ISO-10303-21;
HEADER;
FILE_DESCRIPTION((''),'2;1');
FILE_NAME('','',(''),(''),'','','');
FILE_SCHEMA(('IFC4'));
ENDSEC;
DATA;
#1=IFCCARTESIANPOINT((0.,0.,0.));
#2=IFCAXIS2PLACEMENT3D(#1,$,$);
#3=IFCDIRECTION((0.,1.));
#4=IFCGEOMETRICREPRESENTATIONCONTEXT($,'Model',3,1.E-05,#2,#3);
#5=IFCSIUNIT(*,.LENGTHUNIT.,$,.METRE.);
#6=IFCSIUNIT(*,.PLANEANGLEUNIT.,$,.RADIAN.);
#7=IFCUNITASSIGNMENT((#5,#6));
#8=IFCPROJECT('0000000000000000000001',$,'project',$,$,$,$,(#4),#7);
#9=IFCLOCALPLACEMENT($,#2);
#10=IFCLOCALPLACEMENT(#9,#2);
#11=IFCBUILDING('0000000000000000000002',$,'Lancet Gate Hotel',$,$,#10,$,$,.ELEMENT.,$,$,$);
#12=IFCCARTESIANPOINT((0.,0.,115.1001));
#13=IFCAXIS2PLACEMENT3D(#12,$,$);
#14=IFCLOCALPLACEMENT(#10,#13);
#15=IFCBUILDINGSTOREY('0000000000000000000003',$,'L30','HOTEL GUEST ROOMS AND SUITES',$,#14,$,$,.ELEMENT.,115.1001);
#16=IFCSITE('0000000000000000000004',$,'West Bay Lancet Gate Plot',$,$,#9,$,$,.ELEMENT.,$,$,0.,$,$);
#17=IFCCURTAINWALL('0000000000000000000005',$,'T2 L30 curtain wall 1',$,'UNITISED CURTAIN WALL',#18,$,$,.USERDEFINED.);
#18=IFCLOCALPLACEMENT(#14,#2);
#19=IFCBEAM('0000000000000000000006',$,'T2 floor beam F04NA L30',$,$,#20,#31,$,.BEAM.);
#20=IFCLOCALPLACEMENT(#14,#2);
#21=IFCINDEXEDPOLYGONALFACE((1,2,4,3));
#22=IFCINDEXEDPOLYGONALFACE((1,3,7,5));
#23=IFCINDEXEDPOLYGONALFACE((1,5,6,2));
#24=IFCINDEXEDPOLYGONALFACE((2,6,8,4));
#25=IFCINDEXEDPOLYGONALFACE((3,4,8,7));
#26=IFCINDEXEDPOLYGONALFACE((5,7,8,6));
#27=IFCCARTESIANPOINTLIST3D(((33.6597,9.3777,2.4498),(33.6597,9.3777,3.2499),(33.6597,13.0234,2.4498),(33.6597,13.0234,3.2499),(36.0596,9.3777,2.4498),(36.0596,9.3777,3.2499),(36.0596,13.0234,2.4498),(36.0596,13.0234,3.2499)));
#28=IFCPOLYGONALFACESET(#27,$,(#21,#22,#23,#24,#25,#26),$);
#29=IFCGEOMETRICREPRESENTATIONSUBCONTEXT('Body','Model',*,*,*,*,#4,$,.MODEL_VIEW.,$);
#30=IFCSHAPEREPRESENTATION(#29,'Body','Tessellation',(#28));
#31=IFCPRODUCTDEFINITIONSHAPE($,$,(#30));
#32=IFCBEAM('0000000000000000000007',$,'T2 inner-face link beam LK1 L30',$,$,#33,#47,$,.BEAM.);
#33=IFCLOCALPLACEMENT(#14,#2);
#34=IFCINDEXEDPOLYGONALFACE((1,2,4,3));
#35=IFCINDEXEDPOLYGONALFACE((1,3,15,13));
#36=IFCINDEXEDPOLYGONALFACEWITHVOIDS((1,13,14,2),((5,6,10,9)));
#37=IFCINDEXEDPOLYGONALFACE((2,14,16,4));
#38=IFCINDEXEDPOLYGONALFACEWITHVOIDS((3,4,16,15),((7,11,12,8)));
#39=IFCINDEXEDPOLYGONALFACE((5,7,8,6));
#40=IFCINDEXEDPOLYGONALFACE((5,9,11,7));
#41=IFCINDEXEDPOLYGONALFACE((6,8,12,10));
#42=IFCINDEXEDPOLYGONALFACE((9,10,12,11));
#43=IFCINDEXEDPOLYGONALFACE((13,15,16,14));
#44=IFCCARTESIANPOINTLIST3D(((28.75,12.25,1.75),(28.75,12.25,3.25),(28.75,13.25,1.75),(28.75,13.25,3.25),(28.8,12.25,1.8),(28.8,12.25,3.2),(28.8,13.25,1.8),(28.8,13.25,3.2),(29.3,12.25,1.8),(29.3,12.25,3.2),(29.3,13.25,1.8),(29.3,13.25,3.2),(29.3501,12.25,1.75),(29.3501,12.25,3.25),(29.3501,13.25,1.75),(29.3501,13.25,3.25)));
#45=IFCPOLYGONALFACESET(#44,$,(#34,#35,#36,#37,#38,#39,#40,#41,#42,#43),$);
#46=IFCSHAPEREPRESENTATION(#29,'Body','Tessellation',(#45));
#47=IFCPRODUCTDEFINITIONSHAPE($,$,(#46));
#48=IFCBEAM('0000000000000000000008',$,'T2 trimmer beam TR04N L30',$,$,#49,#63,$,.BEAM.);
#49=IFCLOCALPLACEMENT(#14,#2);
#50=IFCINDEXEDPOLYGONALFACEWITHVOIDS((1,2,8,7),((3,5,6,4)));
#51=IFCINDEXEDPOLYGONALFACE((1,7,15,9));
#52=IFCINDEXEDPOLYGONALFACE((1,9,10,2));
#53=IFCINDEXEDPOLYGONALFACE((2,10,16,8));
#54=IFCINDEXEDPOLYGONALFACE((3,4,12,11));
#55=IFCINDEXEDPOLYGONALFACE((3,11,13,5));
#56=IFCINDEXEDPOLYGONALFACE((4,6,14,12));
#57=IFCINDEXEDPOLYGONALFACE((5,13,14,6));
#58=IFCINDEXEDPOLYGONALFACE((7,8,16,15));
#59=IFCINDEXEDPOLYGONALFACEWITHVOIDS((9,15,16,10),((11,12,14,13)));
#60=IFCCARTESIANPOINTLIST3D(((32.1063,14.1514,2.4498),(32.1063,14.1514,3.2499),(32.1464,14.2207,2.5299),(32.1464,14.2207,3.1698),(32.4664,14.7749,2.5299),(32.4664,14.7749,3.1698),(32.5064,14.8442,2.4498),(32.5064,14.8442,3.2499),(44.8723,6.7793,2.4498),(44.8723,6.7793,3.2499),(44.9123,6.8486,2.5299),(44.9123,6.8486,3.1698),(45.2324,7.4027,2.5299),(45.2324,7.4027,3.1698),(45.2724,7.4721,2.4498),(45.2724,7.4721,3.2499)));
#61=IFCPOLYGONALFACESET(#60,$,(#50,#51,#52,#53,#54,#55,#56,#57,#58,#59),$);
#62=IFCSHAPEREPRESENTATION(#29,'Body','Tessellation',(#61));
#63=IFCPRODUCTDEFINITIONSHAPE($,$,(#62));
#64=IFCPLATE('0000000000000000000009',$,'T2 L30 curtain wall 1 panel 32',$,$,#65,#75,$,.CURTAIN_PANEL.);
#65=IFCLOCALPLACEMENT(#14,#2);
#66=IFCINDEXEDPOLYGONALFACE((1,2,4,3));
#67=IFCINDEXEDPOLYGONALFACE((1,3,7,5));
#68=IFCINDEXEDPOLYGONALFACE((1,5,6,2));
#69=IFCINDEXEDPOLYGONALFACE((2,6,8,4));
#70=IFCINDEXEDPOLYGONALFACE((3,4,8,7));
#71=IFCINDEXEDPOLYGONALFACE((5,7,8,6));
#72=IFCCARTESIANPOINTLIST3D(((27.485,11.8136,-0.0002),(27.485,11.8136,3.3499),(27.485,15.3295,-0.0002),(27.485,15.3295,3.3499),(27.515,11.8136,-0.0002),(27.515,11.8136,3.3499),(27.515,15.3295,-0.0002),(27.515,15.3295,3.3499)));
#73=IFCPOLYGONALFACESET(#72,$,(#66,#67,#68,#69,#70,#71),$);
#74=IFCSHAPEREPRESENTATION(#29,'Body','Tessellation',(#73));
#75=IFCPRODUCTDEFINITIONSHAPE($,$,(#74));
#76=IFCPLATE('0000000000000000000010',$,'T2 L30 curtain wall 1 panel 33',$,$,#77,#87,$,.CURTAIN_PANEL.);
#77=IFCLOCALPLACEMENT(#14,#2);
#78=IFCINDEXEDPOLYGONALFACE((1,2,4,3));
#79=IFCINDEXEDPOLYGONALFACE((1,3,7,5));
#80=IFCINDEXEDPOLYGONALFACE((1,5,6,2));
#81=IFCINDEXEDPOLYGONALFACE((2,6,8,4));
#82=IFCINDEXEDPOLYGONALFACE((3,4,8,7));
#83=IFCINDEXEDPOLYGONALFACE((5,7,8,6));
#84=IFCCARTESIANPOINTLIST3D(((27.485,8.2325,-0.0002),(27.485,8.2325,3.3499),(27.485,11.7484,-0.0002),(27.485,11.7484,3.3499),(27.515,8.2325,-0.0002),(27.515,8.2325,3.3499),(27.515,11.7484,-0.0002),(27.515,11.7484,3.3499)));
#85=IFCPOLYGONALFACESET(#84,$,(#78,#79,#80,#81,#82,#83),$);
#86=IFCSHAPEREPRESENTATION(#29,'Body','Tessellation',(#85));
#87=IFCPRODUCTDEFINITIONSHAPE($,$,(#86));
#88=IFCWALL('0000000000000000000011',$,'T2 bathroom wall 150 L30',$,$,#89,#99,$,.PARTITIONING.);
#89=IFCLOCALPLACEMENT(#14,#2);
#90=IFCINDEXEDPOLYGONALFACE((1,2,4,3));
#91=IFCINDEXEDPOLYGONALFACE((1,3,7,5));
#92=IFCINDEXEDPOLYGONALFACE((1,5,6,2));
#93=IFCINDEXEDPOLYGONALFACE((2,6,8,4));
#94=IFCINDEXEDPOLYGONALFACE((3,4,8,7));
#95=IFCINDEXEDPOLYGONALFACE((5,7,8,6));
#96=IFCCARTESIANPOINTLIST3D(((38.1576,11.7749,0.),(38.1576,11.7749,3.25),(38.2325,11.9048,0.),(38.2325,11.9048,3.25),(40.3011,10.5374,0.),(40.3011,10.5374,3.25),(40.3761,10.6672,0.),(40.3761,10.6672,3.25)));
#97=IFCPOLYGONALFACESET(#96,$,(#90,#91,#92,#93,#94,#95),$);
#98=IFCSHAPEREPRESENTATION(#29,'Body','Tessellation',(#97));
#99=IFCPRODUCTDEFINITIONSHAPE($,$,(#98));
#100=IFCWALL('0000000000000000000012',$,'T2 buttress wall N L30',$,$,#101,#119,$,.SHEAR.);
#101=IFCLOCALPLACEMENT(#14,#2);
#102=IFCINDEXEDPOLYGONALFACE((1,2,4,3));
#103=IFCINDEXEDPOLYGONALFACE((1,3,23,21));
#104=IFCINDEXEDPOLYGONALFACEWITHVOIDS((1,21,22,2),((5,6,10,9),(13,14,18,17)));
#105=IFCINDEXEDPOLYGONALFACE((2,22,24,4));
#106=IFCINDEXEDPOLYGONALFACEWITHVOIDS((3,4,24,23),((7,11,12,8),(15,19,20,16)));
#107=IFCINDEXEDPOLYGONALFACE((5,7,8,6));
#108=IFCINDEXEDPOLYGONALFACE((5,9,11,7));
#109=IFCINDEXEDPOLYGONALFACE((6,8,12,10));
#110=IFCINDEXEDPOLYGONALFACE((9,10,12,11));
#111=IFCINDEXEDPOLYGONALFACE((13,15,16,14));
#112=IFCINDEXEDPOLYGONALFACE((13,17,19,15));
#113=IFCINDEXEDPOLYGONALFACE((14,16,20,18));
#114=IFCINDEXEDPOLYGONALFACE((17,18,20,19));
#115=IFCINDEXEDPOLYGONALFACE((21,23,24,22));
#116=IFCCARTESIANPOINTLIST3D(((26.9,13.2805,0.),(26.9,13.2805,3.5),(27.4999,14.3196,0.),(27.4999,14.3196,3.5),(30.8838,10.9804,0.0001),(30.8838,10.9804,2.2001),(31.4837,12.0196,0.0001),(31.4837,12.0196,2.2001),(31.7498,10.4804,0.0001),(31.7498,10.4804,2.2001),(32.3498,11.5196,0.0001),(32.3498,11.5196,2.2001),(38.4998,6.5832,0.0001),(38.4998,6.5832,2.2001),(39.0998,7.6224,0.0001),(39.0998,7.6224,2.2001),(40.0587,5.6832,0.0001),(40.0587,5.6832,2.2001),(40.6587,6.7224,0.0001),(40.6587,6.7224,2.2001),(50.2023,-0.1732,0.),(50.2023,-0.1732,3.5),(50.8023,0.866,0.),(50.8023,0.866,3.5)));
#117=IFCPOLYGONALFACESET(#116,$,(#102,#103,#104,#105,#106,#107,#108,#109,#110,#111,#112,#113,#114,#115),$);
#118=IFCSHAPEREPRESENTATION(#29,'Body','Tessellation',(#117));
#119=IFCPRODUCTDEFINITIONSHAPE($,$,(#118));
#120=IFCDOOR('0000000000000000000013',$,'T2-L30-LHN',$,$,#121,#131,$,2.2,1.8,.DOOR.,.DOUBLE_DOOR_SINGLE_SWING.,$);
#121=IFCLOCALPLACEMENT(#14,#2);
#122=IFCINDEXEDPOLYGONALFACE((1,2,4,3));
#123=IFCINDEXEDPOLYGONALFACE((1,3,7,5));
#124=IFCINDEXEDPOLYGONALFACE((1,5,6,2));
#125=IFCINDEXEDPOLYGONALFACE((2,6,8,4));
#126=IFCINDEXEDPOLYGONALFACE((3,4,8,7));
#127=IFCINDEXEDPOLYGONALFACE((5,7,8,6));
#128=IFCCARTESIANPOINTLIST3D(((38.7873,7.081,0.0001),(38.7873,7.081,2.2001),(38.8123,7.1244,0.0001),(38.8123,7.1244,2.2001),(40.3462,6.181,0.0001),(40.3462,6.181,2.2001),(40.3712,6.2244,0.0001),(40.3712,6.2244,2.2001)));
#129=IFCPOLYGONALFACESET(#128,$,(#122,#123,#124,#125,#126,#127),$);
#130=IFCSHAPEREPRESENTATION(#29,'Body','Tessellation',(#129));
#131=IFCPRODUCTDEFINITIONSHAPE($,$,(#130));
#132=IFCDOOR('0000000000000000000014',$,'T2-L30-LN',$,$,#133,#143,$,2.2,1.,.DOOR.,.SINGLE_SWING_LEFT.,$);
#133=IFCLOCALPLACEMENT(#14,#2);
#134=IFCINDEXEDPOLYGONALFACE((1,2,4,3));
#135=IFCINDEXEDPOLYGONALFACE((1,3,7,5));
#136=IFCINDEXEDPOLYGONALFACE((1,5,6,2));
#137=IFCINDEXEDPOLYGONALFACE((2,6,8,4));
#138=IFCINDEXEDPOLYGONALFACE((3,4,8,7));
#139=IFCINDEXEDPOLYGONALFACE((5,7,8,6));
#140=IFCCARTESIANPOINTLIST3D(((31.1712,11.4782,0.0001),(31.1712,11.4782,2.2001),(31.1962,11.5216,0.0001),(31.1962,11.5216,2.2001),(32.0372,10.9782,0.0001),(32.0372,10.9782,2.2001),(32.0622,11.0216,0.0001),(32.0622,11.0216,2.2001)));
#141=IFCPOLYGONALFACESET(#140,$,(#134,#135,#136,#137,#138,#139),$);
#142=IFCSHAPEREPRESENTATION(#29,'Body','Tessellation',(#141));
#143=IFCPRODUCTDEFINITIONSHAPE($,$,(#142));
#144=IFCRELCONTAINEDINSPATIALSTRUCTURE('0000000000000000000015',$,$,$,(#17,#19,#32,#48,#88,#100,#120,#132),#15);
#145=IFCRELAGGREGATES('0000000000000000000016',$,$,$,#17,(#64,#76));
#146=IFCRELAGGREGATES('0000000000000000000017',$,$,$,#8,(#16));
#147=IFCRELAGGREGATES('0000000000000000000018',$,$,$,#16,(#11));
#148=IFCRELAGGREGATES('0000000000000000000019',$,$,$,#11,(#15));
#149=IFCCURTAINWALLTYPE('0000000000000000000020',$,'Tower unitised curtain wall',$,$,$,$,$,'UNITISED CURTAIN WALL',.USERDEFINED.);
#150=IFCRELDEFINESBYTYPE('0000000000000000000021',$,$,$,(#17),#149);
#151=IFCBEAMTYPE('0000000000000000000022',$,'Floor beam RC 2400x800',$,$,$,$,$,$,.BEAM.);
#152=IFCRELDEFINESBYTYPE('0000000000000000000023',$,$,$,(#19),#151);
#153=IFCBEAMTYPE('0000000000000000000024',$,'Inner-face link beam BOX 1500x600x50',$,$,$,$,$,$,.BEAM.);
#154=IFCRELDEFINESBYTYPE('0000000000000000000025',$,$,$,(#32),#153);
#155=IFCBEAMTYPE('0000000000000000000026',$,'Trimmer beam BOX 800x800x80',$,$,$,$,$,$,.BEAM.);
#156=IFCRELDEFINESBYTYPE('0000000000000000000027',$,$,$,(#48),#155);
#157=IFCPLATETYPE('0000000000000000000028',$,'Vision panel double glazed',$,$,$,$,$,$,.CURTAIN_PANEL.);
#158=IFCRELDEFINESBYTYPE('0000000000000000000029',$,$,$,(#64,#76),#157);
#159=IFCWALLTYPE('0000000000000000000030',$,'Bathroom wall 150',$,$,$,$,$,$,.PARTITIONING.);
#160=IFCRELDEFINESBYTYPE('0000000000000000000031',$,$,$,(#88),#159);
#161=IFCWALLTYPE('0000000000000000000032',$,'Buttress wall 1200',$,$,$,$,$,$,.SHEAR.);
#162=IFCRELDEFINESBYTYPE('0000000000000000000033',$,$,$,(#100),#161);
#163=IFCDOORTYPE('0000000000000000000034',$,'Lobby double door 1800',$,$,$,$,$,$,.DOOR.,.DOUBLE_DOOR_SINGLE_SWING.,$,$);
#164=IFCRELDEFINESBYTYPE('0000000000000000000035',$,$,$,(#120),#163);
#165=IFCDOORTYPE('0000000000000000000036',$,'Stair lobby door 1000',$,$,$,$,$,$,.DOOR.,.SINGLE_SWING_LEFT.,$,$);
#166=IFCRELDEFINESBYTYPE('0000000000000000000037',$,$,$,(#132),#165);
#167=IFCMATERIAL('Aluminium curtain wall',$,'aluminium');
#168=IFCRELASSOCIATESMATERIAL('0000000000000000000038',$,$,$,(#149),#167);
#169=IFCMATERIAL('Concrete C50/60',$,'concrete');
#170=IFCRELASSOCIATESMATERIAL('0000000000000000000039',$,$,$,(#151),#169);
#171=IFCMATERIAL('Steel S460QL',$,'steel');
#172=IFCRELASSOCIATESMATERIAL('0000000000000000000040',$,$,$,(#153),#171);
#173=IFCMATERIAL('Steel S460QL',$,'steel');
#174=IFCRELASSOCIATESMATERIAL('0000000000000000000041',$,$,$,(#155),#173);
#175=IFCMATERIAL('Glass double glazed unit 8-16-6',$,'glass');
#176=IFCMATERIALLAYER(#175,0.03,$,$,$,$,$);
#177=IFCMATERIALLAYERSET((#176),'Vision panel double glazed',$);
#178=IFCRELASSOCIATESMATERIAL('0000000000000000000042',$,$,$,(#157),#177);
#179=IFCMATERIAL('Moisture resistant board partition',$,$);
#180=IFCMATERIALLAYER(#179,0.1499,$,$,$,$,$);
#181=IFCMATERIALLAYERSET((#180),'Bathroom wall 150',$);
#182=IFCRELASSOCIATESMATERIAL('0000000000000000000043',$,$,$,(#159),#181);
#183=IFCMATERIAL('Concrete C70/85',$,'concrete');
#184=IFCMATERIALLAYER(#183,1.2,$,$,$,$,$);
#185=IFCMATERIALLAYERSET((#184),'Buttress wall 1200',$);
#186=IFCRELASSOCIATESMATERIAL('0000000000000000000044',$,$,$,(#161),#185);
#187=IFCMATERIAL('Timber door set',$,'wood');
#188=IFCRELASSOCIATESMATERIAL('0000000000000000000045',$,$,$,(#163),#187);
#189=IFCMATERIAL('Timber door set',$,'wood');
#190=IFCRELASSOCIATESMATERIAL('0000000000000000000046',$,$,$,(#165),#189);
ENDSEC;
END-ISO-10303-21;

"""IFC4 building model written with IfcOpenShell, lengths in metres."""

from ifc_helpers import new_model, si_unit, direction, frame, frame_2d, origin, origin_2d, place, context, subcontext, project, spatial, rectangle, hollow_rectangle, extrude, material, layer, layer_set, material_profile, profile_set, type_object, element, fill, aggregate, save


model = new_model("IFC4")

# Units and contexts
model_context = context("Model", 3, precision=1e-05, world=origin(), true_north=direction((0.0, 1.0)))
body_context = subcontext(model_context, "Body", "Model", "MODEL_VIEW")
ifc_project = project(units=[si_unit("LENGTHUNIT", "METRE"), si_unit("PLANEANGLEUNIT", "RADIAN")], contexts=[model_context])

# Site, building, storey
site_placement = place(None, origin())
site = spatial("IfcSite", under=ifc_project, at=site_placement, Name="West Bay Lancet Gate Plot", CompositionType="ELEMENT", RefElevation=0.0)
building_placement = place(site_placement, origin())
building = spatial("IfcBuilding", under=site, at=building_placement, Name="Lancet Gate Hotel", CompositionType="ELEMENT")
storey_placement = place(building_placement, frame((0.0, 0.0, 115.1001)))
storey = spatial("IfcBuildingStorey", under=building, at=storey_placement, Name="L30", Description="HOTEL GUEST ROOMS AND SUITES", CompositionType="ELEMENT", Elevation=115.1001)

# Curtain wall
ifc_material_1 = material(Name="Aluminium curtain wall", Category="aluminium")
curtain_wall_type = type_object("IfcCurtainWallType", Name="Tower unitised curtain wall", ElementType="UNITISED CURTAIN WALL", PredefinedType="USERDEFINED", material=ifc_material_1)
curtain_wall_placement = place(storey_placement, origin())
curtain_wall = element("IfcCurtainWall", 1, at=curtain_wall_placement, inside=storey, type_object=curtain_wall_type, Name="T2 L30 curtain wall 1", ObjectType="UNITISED CURTAIN WALL", PredefinedType="USERDEFINED")

# Beams
ifc_material_2 = material(Name="Concrete C50/60", Category="concrete")
ifc_material_profile_1 = material_profile(ifc_material_2, rectangle(XDim=2.3999, YDim=0.8, at=origin_2d()), Name="RC 2400x800")
ifc_profile_set_1 = profile_set([ifc_material_profile_1], Name="Concrete C50/60")
beam_type_1 = type_object("IfcBeamType", Name="Floor beam RC 2400x800", PredefinedType="BEAM", material=ifc_profile_set_1)
beam_1_placement = place(storey_placement, frame((34.8596, 9.3777, 2.8499), z_axis=(0.0, 1.0, 0.0), x_axis=(-1.0, 0.0, 0.0)))
element("IfcBeam", 2, at=beam_1_placement, inside=storey, type_object=beam_type_1, Name="T2 floor beam F04NA L30", PredefinedType="BEAM", context=body_context, shape_type="SweptSolid", body=[
    extrude(rectangle(XDim=2.3999, YDim=0.8, at=origin_2d()), origin(), (0.0, 0.0, 1.0), 3.6458),
])
ifc_material_3 = material(Name="Steel S460QL", Category="steel")
ifc_material_profile_2 = material_profile(ifc_material_3, hollow_rectangle(XDim=0.6001, YDim=1.5, WallThickness=0.05, at=origin_2d()), Name="BOX 1500x600x50")
ifc_profile_set_2 = profile_set([ifc_material_profile_2], Name="Steel S460QL")
beam_type_2 = type_object("IfcBeamType", Name="Inner-face link beam BOX 1500x600x50", PredefinedType="BEAM", material=ifc_profile_set_2)
beam_2_placement = place(storey_placement, frame((29.05, 12.25, 2.5), z_axis=(0.0, 1.0, 0.0), x_axis=(-1.0, 0.0, 0.0)))
element("IfcBeam", 3, at=beam_2_placement, inside=storey, type_object=beam_type_2, Name="T2 inner-face link beam LK1 L30", PredefinedType="BEAM", context=body_context, shape_type="SweptSolid", body=[
    extrude(hollow_rectangle(XDim=0.6001, YDim=1.5, WallThickness=0.05, at=origin_2d()), origin(), (0.0, 0.0, 1.0), 1.0),
])
ifc_material_4 = material(Name="Steel S460QL", Category="steel")
ifc_material_profile_3 = material_profile(ifc_material_4, hollow_rectangle(XDim=0.8, YDim=0.8, WallThickness=0.0801, at=origin_2d()), Name="BOX 800x800x80")
ifc_profile_set_3 = profile_set([ifc_material_profile_3], Name="Steel S460QL")
beam_type_3 = type_object("IfcBeamType", Name="Trimmer beam BOX 800x800x80", PredefinedType="BEAM", material=ifc_profile_set_3)
beam_3_placement = place(storey_placement, frame((32.3064, 14.4978, 2.8499), z_axis=(0.865976, -0.500086, 0.0), x_axis=(0.500086, 0.865976, 0.0)))
element("IfcBeam", 4, at=beam_3_placement, inside=storey, type_object=beam_type_3, Name="T2 trimmer beam TR04N L30", PredefinedType="BEAM", context=body_context, shape_type="SweptSolid", body=[
    extrude(hollow_rectangle(XDim=0.8, YDim=0.8, WallThickness=0.0801, at=origin_2d()), origin(), (0.0, 0.0, 1.0), 14.7417),
])

# Plates
ifc_material_5 = material(Name="Glass double glazed unit 8-16-6", Category="glass")
ifc_layer_1 = layer(ifc_material_5, 0.03)
ifc_layer_set_1 = layer_set([ifc_layer_1], Name="Vision panel double glazed")
plate_type = type_object("IfcPlateType", Name="Vision panel double glazed", PredefinedType="CURTAIN_PANEL", material=ifc_layer_set_1)
plate_1_placement = place(storey_placement, frame((27.5, 13.5715, -0.0002), z_axis=(0.0, 0.0, 1.0), x_axis=(0.0, -1.0, 0.0)))
plate_1 = element("IfcPlate", 5, at=plate_1_placement, type_object=plate_type, Name="T2 L30 curtain wall 1 panel 32", PredefinedType="CURTAIN_PANEL", context=body_context, shape_type="SweptSolid", body=[
    extrude(rectangle(XDim=3.5159, YDim=0.03, at=origin_2d()), origin(), (0.0, 0.0, 1.0), 3.3501),
])
plate_2_placement = place(storey_placement, frame((27.5, 9.9905, -0.0002), z_axis=(0.0, 0.0, 1.0), x_axis=(0.0, -1.0, 0.0)))
plate_2 = element("IfcPlate", 6, at=plate_2_placement, type_object=plate_type, Name="T2 L30 curtain wall 1 panel 33", PredefinedType="CURTAIN_PANEL", context=body_context, shape_type="SweptSolid", body=[
    extrude(rectangle(XDim=3.5159, YDim=0.03, at=origin_2d()), origin(), (0.0, 0.0, 1.0), 3.3501),
])
aggregate(curtain_wall, [plate_1, plate_2])

# Wall
ifc_material_6 = material(Name="Moisture resistant board partition")
ifc_layer_2 = layer(ifc_material_6, 0.1499)
ifc_layer_set_2 = layer_set([ifc_layer_2], Name="Bathroom wall 150")
wall_type_1 = type_object("IfcWallType", Name="Bathroom wall 150", PredefinedType="PARTITIONING", material=ifc_layer_set_2)
wall_1_placement = place(storey_placement, frame((38.1951, 11.8398, 0.0), z_axis=(0.0, 0.0, 1.0), x_axis=(0.866031, -0.49999, 0.0)))
element("IfcWall", 7, at=wall_1_placement, inside=storey, type_object=wall_type_1, Name="T2 bathroom wall 150 L30", PredefinedType="PARTITIONING", context=body_context, shape_type="SweptSolid", body=[
    extrude(rectangle(XDim=2.4751, YDim=0.1499, at=frame_2d((1.2375, 0.0))), origin(), (0.0, 0.0, 1.0), 3.25),
])

# Wall, openings, doors
ifc_material_7 = material(Name="Concrete C70/85", Category="concrete")
ifc_layer_3 = layer(ifc_material_7, 1.2)
ifc_layer_set_3 = layer_set([ifc_layer_3], Name="Buttress wall 1200")
wall_type_2 = type_object("IfcWallType", Name="Buttress wall 1200", PredefinedType="SHEAR", material=ifc_layer_set_3)
wall_2_placement = place(storey_placement, frame((27.2, 13.8, 0.0), z_axis=(0.0, 0.0, 1.0), x_axis=(0.866025, -0.500002, 0.0)))
wall_2 = element("IfcWall", 8, at=wall_2_placement, inside=storey, type_object=wall_type_2, Name="T2 buttress wall N L30", PredefinedType="SHEAR", context=body_context, shape_type="SweptSolid", body=[
    extrude(rectangle(XDim=26.9072, YDim=1.2, at=frame_2d((13.4536, 0.0))), origin(), (0.0, 0.0, 1.0), 3.5),
])
opening_1_placement = place(wall_2_placement, frame((4.6001, 0.0, 0.0)))
opening_1 = element("IfcOpeningElement", 9, at=opening_1_placement, cuts=wall_2, PredefinedType="OPENING", context=body_context, shape_type="SweptSolid", body=[
    extrude(rectangle(XDim=1.0, YDim=2.2, at=frame_2d((0.5, 1.1001))), frame((0.0, 0.6099, 0.0), z_axis=(0.0, -1.0, 0.0), x_axis=(1.0, 0.0, 0.0)), (0.0, 0.0, 1.0), 1.22),
])
opening_2_placement = place(wall_2_placement, frame((13.3945, 0.0, 0.0)))
opening_2 = element("IfcOpeningElement", 10, at=opening_2_placement, cuts=wall_2, PredefinedType="OPENING", context=body_context, shape_type="SweptSolid", body=[
    extrude(rectangle(XDim=1.8, YDim=2.2, at=frame_2d((0.8999, 1.1001))), frame((0.0, 0.6099, 0.0), z_axis=(0.0, -1.0, 0.0), x_axis=(1.0, 0.0, 0.0)), (0.0, 0.0, 1.0), 1.22),
])
ifc_material_8 = material(Name="Timber door set", Category="wood")
door_type_1 = type_object("IfcDoorType", Name="Lobby double door 1800", OperationType="DOUBLE_DOOR_SINGLE_SWING", PredefinedType="DOOR", material=ifc_material_8)
door_1_placement = place(opening_2_placement, origin())
door_1 = element("IfcDoor", 11, at=door_1_placement, inside=storey, type_object=door_type_1, Name="T2-L30-LHN", OperationType="DOUBLE_DOOR_SINGLE_SWING", OverallHeight=2.2, OverallWidth=1.8, PredefinedType="DOOR", context=body_context, shape_type="SweptSolid", body=[
    extrude(rectangle(XDim=1.8, YDim=2.2, at=frame_2d((0.8999, 1.1001))), frame((0.0, 0.0249, 0.0), z_axis=(0.0, -1.0, 0.0), x_axis=(1.0, 0.0, 0.0)), (0.0, 0.0, 1.0), 0.05),
])
fill(opening_2, door_1)
ifc_material_9 = material(Name="Timber door set", Category="wood")
door_type_2 = type_object("IfcDoorType", Name="Stair lobby door 1000", OperationType="SINGLE_SWING_LEFT", PredefinedType="DOOR", material=ifc_material_9)
door_2_placement = place(opening_1_placement, origin())
door_2 = element("IfcDoor", 12, at=door_2_placement, inside=storey, type_object=door_type_2, Name="T2-L30-LN", OperationType="SINGLE_SWING_LEFT", OverallHeight=2.2, OverallWidth=1.0, PredefinedType="DOOR", context=body_context, shape_type="SweptSolid", body=[
    extrude(rectangle(XDim=1.0, YDim=2.2, at=frame_2d((0.5, 1.1001))), frame((0.0, 0.0249, 0.0), z_axis=(0.0, -1.0, 0.0), x_axis=(1.0, 0.0, 0.0)), (0.0, 0.0, 1.0), 0.05),
])
fill(opening_1, door_2)

save(model, "model.ifc")
